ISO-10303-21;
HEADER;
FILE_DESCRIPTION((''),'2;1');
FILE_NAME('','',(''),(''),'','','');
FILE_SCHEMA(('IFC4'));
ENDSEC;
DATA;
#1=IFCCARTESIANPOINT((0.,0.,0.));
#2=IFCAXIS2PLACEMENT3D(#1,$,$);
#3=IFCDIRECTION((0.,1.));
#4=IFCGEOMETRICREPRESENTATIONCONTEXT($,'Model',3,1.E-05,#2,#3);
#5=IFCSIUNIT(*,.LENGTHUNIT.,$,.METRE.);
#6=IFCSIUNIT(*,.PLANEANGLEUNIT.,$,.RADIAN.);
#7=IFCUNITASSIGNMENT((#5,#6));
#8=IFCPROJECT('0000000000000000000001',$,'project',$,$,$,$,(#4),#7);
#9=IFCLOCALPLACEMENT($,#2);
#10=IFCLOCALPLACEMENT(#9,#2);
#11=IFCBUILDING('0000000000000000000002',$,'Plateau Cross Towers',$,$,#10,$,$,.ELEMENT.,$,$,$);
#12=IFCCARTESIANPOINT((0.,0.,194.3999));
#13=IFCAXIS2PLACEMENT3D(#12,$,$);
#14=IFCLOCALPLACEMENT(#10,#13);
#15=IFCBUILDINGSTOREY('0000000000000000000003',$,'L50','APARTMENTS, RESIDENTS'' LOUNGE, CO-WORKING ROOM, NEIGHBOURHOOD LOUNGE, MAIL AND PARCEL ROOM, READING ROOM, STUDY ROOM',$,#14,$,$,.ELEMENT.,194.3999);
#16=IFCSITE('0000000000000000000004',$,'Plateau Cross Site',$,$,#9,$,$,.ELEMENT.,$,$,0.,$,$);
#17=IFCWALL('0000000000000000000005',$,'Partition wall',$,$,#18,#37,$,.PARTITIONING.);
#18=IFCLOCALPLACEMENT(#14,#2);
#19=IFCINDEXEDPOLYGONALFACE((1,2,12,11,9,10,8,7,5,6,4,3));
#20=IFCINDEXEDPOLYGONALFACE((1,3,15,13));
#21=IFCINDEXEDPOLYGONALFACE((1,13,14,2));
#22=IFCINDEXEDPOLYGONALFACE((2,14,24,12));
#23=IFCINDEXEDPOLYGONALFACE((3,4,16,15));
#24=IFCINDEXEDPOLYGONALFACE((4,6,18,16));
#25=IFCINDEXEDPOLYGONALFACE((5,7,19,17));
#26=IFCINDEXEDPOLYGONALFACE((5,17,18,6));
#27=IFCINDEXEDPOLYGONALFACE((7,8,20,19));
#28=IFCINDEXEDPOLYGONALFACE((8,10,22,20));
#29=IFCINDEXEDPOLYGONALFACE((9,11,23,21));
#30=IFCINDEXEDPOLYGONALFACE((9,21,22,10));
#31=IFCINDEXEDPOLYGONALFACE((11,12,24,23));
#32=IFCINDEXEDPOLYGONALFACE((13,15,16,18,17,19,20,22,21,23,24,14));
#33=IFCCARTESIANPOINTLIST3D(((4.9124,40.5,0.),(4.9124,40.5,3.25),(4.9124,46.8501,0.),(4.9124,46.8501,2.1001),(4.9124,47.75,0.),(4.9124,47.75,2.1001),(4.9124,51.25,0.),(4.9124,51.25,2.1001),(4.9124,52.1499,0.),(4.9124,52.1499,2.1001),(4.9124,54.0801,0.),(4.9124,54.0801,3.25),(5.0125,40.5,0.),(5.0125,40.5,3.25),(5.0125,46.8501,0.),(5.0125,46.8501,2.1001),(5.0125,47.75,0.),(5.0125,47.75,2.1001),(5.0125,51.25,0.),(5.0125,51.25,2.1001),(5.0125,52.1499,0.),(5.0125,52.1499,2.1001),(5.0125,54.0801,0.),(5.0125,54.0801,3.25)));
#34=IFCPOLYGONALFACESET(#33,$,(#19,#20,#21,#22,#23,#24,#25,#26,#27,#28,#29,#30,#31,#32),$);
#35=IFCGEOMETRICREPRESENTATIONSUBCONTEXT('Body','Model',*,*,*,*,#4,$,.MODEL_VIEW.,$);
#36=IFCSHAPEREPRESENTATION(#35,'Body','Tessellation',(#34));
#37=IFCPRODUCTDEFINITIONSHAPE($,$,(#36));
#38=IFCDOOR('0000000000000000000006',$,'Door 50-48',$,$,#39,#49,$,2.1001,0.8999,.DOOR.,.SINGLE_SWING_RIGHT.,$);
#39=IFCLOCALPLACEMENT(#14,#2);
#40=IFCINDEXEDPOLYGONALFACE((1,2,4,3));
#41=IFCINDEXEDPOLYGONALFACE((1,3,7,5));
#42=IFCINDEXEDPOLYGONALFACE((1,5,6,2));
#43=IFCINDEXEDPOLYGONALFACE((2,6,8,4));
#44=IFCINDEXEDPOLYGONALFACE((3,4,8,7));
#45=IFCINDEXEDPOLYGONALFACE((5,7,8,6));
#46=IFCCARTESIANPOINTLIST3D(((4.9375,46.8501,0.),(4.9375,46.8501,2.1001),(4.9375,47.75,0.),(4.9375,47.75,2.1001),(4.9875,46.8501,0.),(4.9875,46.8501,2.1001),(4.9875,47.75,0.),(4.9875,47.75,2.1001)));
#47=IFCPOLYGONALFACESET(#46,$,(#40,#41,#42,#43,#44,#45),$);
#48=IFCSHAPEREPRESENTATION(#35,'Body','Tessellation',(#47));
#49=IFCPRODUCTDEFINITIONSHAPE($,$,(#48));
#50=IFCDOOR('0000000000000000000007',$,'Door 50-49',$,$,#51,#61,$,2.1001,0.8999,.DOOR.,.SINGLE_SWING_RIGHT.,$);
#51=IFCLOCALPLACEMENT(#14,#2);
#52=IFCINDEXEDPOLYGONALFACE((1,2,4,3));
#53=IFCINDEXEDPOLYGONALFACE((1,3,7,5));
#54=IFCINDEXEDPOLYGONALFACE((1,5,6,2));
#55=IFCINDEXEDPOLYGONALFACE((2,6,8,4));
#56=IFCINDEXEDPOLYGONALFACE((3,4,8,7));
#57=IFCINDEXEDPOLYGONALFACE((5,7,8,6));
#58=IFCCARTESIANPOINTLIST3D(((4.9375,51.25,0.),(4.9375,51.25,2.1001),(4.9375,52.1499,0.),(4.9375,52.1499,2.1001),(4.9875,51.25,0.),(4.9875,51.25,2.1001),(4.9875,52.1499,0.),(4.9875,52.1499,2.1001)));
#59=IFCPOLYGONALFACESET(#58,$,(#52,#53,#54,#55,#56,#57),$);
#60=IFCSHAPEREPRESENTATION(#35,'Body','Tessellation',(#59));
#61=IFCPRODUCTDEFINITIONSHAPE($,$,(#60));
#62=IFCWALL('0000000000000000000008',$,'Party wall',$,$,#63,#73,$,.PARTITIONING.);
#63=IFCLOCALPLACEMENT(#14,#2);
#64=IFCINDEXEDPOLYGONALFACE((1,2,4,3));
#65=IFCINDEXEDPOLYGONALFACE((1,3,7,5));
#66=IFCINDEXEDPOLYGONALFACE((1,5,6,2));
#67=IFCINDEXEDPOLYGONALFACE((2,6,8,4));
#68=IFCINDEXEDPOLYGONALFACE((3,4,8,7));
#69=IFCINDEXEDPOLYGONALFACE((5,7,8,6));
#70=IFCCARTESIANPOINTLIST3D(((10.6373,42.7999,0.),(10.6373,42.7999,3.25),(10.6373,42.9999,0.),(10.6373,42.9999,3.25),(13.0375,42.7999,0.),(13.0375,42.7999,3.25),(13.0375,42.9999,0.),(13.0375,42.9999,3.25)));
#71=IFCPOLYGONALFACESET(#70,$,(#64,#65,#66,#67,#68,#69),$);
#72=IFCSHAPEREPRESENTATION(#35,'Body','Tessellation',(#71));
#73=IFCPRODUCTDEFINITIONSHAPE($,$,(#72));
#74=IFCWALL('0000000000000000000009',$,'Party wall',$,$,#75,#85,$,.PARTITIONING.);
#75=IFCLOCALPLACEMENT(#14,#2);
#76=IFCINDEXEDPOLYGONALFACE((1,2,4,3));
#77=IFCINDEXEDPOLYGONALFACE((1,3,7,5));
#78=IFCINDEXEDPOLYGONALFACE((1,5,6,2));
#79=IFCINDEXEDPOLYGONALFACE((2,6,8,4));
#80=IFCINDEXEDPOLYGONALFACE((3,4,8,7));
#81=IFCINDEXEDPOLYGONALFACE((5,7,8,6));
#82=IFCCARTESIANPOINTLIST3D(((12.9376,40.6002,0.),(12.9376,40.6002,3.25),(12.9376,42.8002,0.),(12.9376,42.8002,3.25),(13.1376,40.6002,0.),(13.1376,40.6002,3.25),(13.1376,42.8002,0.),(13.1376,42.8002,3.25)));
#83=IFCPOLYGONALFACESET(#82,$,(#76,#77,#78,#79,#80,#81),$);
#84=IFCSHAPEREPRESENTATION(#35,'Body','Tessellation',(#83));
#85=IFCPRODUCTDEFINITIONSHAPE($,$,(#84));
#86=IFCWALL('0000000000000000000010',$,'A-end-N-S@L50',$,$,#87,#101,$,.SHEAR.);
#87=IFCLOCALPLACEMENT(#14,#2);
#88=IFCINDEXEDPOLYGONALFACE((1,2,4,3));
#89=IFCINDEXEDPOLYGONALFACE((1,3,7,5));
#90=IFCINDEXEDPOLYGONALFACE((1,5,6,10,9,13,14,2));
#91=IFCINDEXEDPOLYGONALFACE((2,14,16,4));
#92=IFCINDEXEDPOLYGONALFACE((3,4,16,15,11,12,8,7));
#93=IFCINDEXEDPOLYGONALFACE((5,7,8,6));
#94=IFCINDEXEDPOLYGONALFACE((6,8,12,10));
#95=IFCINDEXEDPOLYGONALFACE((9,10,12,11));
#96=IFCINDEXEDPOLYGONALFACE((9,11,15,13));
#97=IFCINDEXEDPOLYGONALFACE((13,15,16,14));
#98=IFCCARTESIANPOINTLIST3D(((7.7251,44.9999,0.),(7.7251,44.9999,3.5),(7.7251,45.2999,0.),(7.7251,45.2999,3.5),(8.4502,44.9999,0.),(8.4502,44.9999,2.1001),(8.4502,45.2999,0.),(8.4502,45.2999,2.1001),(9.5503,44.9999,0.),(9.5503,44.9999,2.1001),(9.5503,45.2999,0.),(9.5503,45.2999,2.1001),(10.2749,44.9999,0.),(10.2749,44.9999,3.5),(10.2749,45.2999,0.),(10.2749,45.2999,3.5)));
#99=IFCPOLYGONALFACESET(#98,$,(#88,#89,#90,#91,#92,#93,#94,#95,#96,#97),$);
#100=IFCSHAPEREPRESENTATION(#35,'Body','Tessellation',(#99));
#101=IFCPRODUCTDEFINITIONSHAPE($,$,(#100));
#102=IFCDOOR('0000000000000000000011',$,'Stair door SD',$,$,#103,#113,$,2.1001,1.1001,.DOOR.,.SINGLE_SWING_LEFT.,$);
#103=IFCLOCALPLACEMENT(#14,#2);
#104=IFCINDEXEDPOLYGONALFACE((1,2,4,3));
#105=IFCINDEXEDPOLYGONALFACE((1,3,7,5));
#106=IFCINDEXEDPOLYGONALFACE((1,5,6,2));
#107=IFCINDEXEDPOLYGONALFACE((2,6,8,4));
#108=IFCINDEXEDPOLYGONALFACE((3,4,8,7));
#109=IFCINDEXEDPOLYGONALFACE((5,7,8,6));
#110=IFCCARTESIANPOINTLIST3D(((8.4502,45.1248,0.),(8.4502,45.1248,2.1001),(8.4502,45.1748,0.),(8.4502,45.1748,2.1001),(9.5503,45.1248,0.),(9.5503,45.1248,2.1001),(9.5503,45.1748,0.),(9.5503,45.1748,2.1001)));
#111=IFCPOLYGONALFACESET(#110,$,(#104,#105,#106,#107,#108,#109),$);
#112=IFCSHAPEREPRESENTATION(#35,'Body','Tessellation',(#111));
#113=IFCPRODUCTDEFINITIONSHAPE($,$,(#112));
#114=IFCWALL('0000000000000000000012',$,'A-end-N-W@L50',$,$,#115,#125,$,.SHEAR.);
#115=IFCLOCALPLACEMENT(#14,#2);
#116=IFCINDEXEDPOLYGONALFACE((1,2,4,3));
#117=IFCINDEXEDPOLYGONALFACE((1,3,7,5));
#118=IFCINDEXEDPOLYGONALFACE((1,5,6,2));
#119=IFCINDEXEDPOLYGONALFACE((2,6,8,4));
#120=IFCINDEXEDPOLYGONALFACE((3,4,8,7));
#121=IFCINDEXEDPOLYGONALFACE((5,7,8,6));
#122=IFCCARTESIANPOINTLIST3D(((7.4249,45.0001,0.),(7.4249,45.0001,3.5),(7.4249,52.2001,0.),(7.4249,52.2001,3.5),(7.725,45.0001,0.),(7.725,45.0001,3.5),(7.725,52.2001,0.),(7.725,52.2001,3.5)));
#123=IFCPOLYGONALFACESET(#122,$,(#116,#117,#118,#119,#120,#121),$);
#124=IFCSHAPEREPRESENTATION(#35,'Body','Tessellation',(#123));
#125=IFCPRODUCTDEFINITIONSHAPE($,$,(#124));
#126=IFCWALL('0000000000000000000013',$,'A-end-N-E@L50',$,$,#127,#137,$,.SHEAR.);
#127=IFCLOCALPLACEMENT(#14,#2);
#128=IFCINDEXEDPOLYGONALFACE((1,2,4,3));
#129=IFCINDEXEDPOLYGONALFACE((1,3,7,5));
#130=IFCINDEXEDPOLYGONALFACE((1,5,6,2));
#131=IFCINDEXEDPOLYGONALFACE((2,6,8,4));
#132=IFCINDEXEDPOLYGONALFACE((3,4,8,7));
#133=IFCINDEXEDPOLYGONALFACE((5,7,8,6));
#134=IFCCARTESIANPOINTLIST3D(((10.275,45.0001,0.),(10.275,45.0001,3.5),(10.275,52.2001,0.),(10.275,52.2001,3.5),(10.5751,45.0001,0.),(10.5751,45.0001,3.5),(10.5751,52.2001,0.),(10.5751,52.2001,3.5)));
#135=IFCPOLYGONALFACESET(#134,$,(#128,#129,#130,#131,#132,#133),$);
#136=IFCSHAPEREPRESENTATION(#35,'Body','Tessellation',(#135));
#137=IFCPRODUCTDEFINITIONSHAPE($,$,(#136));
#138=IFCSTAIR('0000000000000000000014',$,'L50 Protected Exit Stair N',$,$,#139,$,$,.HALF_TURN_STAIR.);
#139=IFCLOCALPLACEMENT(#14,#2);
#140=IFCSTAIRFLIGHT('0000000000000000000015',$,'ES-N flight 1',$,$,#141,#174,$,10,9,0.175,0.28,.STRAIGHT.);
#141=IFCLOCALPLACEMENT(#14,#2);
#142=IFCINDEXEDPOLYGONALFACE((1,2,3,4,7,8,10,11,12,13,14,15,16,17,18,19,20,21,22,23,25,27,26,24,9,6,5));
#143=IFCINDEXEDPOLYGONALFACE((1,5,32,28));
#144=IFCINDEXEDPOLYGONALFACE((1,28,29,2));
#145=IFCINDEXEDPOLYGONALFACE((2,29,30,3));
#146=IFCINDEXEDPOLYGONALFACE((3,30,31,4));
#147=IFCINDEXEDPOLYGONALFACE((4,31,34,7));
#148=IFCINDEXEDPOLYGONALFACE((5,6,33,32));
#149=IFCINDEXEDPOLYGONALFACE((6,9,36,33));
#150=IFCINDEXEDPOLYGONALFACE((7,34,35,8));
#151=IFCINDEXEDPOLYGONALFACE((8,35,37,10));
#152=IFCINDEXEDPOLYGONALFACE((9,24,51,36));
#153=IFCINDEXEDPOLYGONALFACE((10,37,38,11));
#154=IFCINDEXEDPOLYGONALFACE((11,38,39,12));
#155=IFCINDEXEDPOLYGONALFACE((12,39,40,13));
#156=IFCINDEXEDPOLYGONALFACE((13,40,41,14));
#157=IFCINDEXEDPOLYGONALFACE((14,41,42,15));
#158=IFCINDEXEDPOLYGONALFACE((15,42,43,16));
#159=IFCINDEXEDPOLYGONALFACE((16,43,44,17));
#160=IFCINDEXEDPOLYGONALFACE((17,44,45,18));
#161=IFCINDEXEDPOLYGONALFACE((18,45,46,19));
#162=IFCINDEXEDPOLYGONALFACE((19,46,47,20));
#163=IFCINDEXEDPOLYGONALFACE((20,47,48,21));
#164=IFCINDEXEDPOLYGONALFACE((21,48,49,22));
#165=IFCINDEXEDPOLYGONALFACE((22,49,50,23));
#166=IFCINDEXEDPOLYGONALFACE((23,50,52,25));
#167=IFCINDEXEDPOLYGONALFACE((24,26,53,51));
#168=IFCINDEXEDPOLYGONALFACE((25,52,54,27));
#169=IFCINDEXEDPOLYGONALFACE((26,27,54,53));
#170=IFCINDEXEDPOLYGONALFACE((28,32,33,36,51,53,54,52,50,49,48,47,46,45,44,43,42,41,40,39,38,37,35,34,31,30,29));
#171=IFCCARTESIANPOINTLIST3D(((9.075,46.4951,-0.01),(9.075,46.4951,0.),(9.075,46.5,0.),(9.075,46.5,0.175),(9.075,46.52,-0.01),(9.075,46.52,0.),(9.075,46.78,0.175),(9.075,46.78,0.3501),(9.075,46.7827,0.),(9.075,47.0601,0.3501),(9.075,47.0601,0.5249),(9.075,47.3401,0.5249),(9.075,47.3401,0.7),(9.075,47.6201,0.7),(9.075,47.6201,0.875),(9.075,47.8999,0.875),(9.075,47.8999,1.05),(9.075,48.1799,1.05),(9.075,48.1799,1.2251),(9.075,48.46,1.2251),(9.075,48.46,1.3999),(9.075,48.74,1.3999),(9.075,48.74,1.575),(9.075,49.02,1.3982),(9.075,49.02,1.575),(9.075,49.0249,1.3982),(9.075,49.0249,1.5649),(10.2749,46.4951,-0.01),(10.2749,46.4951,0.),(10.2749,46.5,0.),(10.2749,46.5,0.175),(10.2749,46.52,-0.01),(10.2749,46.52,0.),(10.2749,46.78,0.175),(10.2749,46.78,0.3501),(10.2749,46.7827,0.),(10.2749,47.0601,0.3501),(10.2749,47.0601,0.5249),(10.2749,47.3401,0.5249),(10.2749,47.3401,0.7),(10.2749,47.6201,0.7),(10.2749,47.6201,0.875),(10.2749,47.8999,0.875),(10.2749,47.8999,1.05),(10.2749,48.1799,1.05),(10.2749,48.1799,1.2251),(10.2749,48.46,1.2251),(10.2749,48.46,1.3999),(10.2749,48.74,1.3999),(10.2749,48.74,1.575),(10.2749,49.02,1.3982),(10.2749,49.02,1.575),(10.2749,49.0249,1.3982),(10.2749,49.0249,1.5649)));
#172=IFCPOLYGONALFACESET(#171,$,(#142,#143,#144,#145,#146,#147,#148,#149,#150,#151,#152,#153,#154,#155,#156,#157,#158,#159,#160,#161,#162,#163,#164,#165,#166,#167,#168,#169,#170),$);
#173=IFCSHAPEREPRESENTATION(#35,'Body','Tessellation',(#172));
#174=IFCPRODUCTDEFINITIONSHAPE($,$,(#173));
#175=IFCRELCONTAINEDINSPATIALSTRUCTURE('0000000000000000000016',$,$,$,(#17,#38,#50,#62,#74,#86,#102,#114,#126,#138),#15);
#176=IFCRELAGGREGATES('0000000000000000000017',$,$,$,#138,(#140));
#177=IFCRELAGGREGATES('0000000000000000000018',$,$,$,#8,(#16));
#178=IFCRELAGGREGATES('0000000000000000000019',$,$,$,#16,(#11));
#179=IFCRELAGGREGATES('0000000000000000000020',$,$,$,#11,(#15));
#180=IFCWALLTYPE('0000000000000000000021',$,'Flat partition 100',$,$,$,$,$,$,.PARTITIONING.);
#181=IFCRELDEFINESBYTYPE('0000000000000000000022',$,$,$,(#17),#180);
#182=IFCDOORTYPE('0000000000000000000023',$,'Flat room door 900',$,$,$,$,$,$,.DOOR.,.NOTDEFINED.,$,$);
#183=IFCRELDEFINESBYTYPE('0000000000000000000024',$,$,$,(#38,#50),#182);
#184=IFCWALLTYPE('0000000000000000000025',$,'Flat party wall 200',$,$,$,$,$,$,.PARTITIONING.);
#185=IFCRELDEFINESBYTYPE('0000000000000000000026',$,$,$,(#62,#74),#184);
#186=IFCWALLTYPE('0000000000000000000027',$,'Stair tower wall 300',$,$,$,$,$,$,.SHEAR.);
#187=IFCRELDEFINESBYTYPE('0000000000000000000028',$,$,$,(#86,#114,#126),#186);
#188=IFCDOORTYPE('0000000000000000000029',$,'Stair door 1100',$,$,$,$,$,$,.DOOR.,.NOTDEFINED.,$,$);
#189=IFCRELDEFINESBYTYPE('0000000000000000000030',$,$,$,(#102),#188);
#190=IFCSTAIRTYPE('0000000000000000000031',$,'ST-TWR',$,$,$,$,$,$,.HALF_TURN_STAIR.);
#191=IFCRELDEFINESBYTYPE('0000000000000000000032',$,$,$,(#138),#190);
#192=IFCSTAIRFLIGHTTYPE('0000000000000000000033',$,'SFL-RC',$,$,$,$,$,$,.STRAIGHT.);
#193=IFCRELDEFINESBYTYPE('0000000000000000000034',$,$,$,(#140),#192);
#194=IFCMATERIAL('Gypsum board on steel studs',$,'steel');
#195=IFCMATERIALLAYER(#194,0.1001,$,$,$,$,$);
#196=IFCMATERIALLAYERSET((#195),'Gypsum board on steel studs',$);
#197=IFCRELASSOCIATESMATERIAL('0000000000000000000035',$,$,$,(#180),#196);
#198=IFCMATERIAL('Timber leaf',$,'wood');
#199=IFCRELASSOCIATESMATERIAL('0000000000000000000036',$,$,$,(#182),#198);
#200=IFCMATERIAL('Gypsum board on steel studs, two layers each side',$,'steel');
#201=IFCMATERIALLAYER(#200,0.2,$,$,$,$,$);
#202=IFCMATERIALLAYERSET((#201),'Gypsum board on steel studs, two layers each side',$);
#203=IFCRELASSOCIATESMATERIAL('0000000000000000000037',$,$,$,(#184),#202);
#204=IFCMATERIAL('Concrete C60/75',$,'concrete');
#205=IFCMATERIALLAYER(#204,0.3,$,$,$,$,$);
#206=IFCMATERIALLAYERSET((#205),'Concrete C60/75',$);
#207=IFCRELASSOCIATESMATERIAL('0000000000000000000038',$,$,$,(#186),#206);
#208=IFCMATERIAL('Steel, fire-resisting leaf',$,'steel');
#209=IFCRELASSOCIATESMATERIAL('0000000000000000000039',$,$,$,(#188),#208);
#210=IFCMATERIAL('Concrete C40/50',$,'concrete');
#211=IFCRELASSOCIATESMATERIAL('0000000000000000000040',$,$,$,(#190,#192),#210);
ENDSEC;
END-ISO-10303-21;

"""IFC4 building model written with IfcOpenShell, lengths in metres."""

from ifc_helpers import new_model, si_unit, direction, frame, frame_2d, origin, place, context, subcontext, project, spatial, polyline, rectangle, outline, extrude, material, layer, layer_set, type_object, element, fill, aggregate, save


model = new_model("IFC4")

# Units and contexts
model_context = context("Model", 3, precision=1e-05, world=origin(), true_north=direction((0.0, 1.0)))
body_context = subcontext(model_context, "Body", "Model", "MODEL_VIEW")
ifc_project = project(units=[si_unit("LENGTHUNIT", "METRE"), si_unit("PLANEANGLEUNIT", "RADIAN")], contexts=[model_context])

# Site, building, storey
site_placement = place(None, origin())
site = spatial("IfcSite", under=ifc_project, at=site_placement, Name="Plateau Cross Site", CompositionType="ELEMENT", RefElevation=0.0)
building_placement = place(site_placement, origin())
building = spatial("IfcBuilding", under=site, at=building_placement, Name="Plateau Cross Towers", CompositionType="ELEMENT")
storey_placement = place(building_placement, frame((0.0, 0.0, 194.3999)))
storey = spatial("IfcBuildingStorey", under=building, at=storey_placement, Name="L50", Description="APARTMENTS, RESIDENTS' LOUNGE, CO-WORKING ROOM, NEIGHBOURHOOD LOUNGE, MAIL AND PARCEL ROOM, READING ROOM, STUDY ROOM", CompositionType="ELEMENT", Elevation=194.3999)

# Shared definitions
ifc_material_1 = material(Name="Gypsum board on steel studs", Category="steel")
ifc_layer_1 = layer(ifc_material_1, 0.1001)
ifc_layer_set_1 = layer_set([ifc_layer_1], Name="Gypsum board on steel studs")
wall_type_1 = type_object("IfcWallType", Name="Flat partition 100", PredefinedType="PARTITIONING", material=ifc_layer_set_1)
ifc_material_2 = material(Name="Timber leaf", Category="wood")
door_type_1 = type_object("IfcDoorType", Name="Flat room door 900", OperationType="NOTDEFINED", PredefinedType="DOOR", material=ifc_material_2)

# Wall, openings, doors
wall_1_placement = place(storey_placement, frame((4.9624, 40.5, 0.0), z_axis=(0.0, 0.0, 1.0), x_axis=(0.0, 1.0, 0.0)))
wall_1 = element("IfcWall", 1, at=wall_1_placement, inside=storey, type_object=wall_type_1, Name="Partition wall", PredefinedType="PARTITIONING", context=body_context, shape_type="SweptSolid", body=[
    extrude(rectangle(XDim=13.5801, YDim=0.1001, at=frame_2d((6.79, 0.0))), origin(), (0.0, 0.0, 1.0), 3.25),
])
opening_1_placement = place(wall_1_placement, frame((6.3501, 0.0, 0.0)))
opening_1 = element("IfcOpeningElement", 2, at=opening_1_placement, cuts=wall_1, PredefinedType="OPENING", context=body_context, shape_type="SweptSolid", body=[
    extrude(rectangle(XDim=0.8999, YDim=2.1001, at=frame_2d((0.45, 1.05))), frame((0.0, 0.0601, 0.0), z_axis=(0.0, -1.0, 0.0), x_axis=(1.0, 0.0, 0.0)), (0.0, 0.0, 1.0), 0.1201),
])
opening_2_placement = place(wall_1_placement, frame((10.75, 0.0, 0.0)))
opening_2 = element("IfcOpeningElement", 3, at=opening_2_placement, cuts=wall_1, PredefinedType="OPENING", context=body_context, shape_type="SweptSolid", body=[
    extrude(rectangle(XDim=0.8999, YDim=2.1001, at=frame_2d((0.45, 1.05))), frame((0.0, 0.0601, 0.0), z_axis=(0.0, -1.0, 0.0), x_axis=(1.0, 0.0, 0.0)), (0.0, 0.0, 1.0), 0.1201),
])
door_1_placement = place(opening_1_placement, origin())
door_1 = element("IfcDoor", 4, at=door_1_placement, inside=storey, type_object=door_type_1, Name="Door 50-48", OperationType="SINGLE_SWING_RIGHT", OverallHeight=2.1001, OverallWidth=0.8999, PredefinedType="DOOR", context=body_context, shape_type="SweptSolid", body=[
    extrude(rectangle(XDim=0.8999, YDim=2.1001, at=frame_2d((0.45, 1.05))), frame((0.0, 0.0249, 0.0), z_axis=(0.0, -1.0, 0.0), x_axis=(1.0, 0.0, 0.0)), (0.0, 0.0, 1.0), 0.05),
])
fill(opening_1, door_1)
door_2_placement = place(opening_2_placement, origin())
door_2 = element("IfcDoor", 5, at=door_2_placement, inside=storey, type_object=door_type_1, Name="Door 50-49", OperationType="SINGLE_SWING_RIGHT", OverallHeight=2.1001, OverallWidth=0.8999, PredefinedType="DOOR", context=body_context, shape_type="SweptSolid", body=[
    extrude(rectangle(XDim=0.8999, YDim=2.1001, at=frame_2d((0.45, 1.05))), frame((0.0, 0.0249, 0.0), z_axis=(0.0, -1.0, 0.0), x_axis=(1.0, 0.0, 0.0)), (0.0, 0.0, 1.0), 0.05),
])
fill(opening_2, door_2)

# Walls
ifc_material_3 = material(Name="Gypsum board on steel studs, two layers each side", Category="steel")
ifc_layer_2 = layer(ifc_material_3, 0.2)
ifc_layer_set_2 = layer_set([ifc_layer_2], Name="Gypsum board on steel studs, two layers each side")
wall_type_2 = type_object("IfcWallType", Name="Flat party wall 200", PredefinedType="PARTITIONING", material=ifc_layer_set_2)
wall_2_placement = place(storey_placement, frame((13.0376, 42.8999, 0.0), z_axis=(0.0, 0.0, 1.0), x_axis=(-1.0, 0.0, 0.0)))
element("IfcWall", 6, at=wall_2_placement, inside=storey, type_object=wall_type_2, Name="Party wall", PredefinedType="PARTITIONING", context=body_context, shape_type="SweptSolid", body=[
    extrude(rectangle(XDim=2.4001, YDim=0.2, at=frame_2d((1.2002, 0.0))), origin(), (0.0, 0.0, 1.0), 3.25),
])
wall_3_placement = place(storey_placement, frame((13.0376, 40.6001, 0.0), z_axis=(0.0, 0.0, 1.0), x_axis=(0.0, 1.0, 0.0)))
element("IfcWall", 7, at=wall_3_placement, inside=storey, type_object=wall_type_2, Name="Party wall", PredefinedType="PARTITIONING", context=body_context, shape_type="SweptSolid", body=[
    extrude(rectangle(XDim=2.2, YDim=0.2, at=frame_2d((1.1001, 0.0))), origin(), (0.0, 0.0, 1.0), 3.25),
])

# Wall, opening, door
ifc_material_4 = material(Name="Concrete C60/75", Category="concrete")
ifc_layer_3 = layer(ifc_material_4, 0.3)
ifc_layer_set_3 = layer_set([ifc_layer_3], Name="Concrete C60/75")
wall_type_3 = type_object("IfcWallType", Name="Stair tower wall 300", PredefinedType="SHEAR", material=ifc_layer_set_3)
wall_4_placement = place(storey_placement, frame((7.7251, 45.1499, 0.0), z_axis=(0.0, 0.0, 1.0), x_axis=(1.0, 0.0, 0.0)))
wall_4 = element("IfcWall", 8, at=wall_4_placement, inside=storey, type_object=wall_type_3, Name="A-end-N-S@L50", PredefinedType="SHEAR", context=body_context, shape_type="SweptSolid", body=[
    extrude(rectangle(XDim=2.5498, YDim=0.3, at=frame_2d((1.2749, 0.0))), origin(), (0.0, 0.0, 1.0), 3.5),
])
opening_3_placement = place(wall_4_placement, frame((0.7251, 0.0, 0.0)))
opening_3 = element("IfcOpeningElement", 9, at=opening_3_placement, cuts=wall_4, PredefinedType="OPENING", context=body_context, shape_type="SweptSolid", body=[
    extrude(rectangle(XDim=1.1001, YDim=2.1001, at=frame_2d((0.55, 1.05))), frame((0.0, 0.1599, 0.0), z_axis=(0.0, -1.0, 0.0), x_axis=(1.0, 0.0, 0.0)), (0.0, 0.0, 1.0), 0.3201),
])
ifc_material_5 = material(Name="Steel, fire-resisting leaf", Category="steel")
door_type_2 = type_object("IfcDoorType", Name="Stair door 1100", OperationType="NOTDEFINED", PredefinedType="DOOR", material=ifc_material_5)
door_3_placement = place(opening_3_placement, origin())
door_3 = element("IfcDoor", 10, at=door_3_placement, inside=storey, type_object=door_type_2, Name="Stair door SD", OperationType="SINGLE_SWING_LEFT", OverallHeight=2.1001, OverallWidth=1.1001, PredefinedType="DOOR", context=body_context, shape_type="SweptSolid", body=[
    extrude(rectangle(XDim=1.1001, YDim=2.1001, at=frame_2d((0.55, 1.05))), frame((0.0, 0.0249, 0.0), z_axis=(0.0, -1.0, 0.0), x_axis=(1.0, 0.0, 0.0)), (0.0, 0.0, 1.0), 0.05),
])
fill(opening_3, door_3)

# Walls
for number, where, z_axis, x_axis, name in (
    (11, (7.575, 45.0, 0.0), (0.0, 0.0, 1.0), (0.0, 1.0, 0.0), "A-end-N-W@L50"),
    (12, (10.425, 45.0, 0.0), (0.0, 0.0, 1.0), (0.0, 1.0, 0.0), "A-end-N-E@L50"),
):
    element("IfcWall", number, at=place(storey_placement, frame(where, z_axis=z_axis, x_axis=x_axis)), inside=storey, type_object=wall_type_3, Name=name, PredefinedType="SHEAR", context=body_context, shape_type="SweptSolid", body=[
        extrude(rectangle(XDim=7.2, YDim=0.3, at=frame_2d((3.6001, 0.0))), origin(), (0.0, 0.0, 1.0), 3.5),
    ])

# Stair, stair flight
ifc_material_6 = material(Name="Concrete C40/50", Category="concrete")
stair_type = type_object("IfcStairType", Name="ST-TWR", PredefinedType="HALF_TURN_STAIR", material=ifc_material_6)
stair_placement = place(storey_placement, origin())
stair = element("IfcStair", 13, at=stair_placement, inside=storey, type_object=stair_type, Name="L50 Protected Exit Stair N", PredefinedType="HALF_TURN_STAIR")
stair_flight_type = type_object("IfcStairFlightType", Name="SFL-RC", PredefinedType="STRAIGHT", material=ifc_material_6)
stair_flight_placement = place(storey_placement, frame((9.675, 46.5, 0.0), z_axis=(0.0, 0.0, 1.0), x_axis=(0.0, 1.0, 0.0)))
stair_flight = element("IfcStairFlight", 14, at=stair_flight_placement, type_object=stair_flight_type, Name="ES-N flight 1", NumberOfRisers=10, NumberOfTreads=9, PredefinedType="STRAIGHT", RiserHeight=0.175, TreadLength=0.28, context=body_context, shape_type="SweptSolid", body=[
    extrude(outline(polyline([(-0.0049, -0.01), (-0.0049, 0.0), (0.0, 0.0), (0.0, 0.175), (0.28, 0.175), (0.28, 0.3501), (0.5601, 0.3501), (0.5601, 0.5249), (0.8401, 0.5249), (0.8401, 0.7), (1.1201, 0.7), (1.1201, 0.875), (1.3999, 0.875), (1.3999, 1.05), (1.6799, 1.05), (1.6799, 1.2251), (1.96, 1.2251), (1.96, 1.3999), (2.24, 1.3999), (2.24, 1.575), (2.52, 1.575), (2.5249, 1.5649), (2.5249, 1.3982), (2.52, 1.3982), (0.2827, 0.0), (0.02, 0.0), (0.02, -0.01), (-0.0049, -0.01)])), frame((0.0, 0.6001, 0.0), z_axis=(0.0, -1.0, 0.0), x_axis=(1.0, 0.0, 0.0)), (0.0, 0.0, 1.0), 1.2),
])
aggregate(stair, [stair_flight])

save(model, "model.ifc")
